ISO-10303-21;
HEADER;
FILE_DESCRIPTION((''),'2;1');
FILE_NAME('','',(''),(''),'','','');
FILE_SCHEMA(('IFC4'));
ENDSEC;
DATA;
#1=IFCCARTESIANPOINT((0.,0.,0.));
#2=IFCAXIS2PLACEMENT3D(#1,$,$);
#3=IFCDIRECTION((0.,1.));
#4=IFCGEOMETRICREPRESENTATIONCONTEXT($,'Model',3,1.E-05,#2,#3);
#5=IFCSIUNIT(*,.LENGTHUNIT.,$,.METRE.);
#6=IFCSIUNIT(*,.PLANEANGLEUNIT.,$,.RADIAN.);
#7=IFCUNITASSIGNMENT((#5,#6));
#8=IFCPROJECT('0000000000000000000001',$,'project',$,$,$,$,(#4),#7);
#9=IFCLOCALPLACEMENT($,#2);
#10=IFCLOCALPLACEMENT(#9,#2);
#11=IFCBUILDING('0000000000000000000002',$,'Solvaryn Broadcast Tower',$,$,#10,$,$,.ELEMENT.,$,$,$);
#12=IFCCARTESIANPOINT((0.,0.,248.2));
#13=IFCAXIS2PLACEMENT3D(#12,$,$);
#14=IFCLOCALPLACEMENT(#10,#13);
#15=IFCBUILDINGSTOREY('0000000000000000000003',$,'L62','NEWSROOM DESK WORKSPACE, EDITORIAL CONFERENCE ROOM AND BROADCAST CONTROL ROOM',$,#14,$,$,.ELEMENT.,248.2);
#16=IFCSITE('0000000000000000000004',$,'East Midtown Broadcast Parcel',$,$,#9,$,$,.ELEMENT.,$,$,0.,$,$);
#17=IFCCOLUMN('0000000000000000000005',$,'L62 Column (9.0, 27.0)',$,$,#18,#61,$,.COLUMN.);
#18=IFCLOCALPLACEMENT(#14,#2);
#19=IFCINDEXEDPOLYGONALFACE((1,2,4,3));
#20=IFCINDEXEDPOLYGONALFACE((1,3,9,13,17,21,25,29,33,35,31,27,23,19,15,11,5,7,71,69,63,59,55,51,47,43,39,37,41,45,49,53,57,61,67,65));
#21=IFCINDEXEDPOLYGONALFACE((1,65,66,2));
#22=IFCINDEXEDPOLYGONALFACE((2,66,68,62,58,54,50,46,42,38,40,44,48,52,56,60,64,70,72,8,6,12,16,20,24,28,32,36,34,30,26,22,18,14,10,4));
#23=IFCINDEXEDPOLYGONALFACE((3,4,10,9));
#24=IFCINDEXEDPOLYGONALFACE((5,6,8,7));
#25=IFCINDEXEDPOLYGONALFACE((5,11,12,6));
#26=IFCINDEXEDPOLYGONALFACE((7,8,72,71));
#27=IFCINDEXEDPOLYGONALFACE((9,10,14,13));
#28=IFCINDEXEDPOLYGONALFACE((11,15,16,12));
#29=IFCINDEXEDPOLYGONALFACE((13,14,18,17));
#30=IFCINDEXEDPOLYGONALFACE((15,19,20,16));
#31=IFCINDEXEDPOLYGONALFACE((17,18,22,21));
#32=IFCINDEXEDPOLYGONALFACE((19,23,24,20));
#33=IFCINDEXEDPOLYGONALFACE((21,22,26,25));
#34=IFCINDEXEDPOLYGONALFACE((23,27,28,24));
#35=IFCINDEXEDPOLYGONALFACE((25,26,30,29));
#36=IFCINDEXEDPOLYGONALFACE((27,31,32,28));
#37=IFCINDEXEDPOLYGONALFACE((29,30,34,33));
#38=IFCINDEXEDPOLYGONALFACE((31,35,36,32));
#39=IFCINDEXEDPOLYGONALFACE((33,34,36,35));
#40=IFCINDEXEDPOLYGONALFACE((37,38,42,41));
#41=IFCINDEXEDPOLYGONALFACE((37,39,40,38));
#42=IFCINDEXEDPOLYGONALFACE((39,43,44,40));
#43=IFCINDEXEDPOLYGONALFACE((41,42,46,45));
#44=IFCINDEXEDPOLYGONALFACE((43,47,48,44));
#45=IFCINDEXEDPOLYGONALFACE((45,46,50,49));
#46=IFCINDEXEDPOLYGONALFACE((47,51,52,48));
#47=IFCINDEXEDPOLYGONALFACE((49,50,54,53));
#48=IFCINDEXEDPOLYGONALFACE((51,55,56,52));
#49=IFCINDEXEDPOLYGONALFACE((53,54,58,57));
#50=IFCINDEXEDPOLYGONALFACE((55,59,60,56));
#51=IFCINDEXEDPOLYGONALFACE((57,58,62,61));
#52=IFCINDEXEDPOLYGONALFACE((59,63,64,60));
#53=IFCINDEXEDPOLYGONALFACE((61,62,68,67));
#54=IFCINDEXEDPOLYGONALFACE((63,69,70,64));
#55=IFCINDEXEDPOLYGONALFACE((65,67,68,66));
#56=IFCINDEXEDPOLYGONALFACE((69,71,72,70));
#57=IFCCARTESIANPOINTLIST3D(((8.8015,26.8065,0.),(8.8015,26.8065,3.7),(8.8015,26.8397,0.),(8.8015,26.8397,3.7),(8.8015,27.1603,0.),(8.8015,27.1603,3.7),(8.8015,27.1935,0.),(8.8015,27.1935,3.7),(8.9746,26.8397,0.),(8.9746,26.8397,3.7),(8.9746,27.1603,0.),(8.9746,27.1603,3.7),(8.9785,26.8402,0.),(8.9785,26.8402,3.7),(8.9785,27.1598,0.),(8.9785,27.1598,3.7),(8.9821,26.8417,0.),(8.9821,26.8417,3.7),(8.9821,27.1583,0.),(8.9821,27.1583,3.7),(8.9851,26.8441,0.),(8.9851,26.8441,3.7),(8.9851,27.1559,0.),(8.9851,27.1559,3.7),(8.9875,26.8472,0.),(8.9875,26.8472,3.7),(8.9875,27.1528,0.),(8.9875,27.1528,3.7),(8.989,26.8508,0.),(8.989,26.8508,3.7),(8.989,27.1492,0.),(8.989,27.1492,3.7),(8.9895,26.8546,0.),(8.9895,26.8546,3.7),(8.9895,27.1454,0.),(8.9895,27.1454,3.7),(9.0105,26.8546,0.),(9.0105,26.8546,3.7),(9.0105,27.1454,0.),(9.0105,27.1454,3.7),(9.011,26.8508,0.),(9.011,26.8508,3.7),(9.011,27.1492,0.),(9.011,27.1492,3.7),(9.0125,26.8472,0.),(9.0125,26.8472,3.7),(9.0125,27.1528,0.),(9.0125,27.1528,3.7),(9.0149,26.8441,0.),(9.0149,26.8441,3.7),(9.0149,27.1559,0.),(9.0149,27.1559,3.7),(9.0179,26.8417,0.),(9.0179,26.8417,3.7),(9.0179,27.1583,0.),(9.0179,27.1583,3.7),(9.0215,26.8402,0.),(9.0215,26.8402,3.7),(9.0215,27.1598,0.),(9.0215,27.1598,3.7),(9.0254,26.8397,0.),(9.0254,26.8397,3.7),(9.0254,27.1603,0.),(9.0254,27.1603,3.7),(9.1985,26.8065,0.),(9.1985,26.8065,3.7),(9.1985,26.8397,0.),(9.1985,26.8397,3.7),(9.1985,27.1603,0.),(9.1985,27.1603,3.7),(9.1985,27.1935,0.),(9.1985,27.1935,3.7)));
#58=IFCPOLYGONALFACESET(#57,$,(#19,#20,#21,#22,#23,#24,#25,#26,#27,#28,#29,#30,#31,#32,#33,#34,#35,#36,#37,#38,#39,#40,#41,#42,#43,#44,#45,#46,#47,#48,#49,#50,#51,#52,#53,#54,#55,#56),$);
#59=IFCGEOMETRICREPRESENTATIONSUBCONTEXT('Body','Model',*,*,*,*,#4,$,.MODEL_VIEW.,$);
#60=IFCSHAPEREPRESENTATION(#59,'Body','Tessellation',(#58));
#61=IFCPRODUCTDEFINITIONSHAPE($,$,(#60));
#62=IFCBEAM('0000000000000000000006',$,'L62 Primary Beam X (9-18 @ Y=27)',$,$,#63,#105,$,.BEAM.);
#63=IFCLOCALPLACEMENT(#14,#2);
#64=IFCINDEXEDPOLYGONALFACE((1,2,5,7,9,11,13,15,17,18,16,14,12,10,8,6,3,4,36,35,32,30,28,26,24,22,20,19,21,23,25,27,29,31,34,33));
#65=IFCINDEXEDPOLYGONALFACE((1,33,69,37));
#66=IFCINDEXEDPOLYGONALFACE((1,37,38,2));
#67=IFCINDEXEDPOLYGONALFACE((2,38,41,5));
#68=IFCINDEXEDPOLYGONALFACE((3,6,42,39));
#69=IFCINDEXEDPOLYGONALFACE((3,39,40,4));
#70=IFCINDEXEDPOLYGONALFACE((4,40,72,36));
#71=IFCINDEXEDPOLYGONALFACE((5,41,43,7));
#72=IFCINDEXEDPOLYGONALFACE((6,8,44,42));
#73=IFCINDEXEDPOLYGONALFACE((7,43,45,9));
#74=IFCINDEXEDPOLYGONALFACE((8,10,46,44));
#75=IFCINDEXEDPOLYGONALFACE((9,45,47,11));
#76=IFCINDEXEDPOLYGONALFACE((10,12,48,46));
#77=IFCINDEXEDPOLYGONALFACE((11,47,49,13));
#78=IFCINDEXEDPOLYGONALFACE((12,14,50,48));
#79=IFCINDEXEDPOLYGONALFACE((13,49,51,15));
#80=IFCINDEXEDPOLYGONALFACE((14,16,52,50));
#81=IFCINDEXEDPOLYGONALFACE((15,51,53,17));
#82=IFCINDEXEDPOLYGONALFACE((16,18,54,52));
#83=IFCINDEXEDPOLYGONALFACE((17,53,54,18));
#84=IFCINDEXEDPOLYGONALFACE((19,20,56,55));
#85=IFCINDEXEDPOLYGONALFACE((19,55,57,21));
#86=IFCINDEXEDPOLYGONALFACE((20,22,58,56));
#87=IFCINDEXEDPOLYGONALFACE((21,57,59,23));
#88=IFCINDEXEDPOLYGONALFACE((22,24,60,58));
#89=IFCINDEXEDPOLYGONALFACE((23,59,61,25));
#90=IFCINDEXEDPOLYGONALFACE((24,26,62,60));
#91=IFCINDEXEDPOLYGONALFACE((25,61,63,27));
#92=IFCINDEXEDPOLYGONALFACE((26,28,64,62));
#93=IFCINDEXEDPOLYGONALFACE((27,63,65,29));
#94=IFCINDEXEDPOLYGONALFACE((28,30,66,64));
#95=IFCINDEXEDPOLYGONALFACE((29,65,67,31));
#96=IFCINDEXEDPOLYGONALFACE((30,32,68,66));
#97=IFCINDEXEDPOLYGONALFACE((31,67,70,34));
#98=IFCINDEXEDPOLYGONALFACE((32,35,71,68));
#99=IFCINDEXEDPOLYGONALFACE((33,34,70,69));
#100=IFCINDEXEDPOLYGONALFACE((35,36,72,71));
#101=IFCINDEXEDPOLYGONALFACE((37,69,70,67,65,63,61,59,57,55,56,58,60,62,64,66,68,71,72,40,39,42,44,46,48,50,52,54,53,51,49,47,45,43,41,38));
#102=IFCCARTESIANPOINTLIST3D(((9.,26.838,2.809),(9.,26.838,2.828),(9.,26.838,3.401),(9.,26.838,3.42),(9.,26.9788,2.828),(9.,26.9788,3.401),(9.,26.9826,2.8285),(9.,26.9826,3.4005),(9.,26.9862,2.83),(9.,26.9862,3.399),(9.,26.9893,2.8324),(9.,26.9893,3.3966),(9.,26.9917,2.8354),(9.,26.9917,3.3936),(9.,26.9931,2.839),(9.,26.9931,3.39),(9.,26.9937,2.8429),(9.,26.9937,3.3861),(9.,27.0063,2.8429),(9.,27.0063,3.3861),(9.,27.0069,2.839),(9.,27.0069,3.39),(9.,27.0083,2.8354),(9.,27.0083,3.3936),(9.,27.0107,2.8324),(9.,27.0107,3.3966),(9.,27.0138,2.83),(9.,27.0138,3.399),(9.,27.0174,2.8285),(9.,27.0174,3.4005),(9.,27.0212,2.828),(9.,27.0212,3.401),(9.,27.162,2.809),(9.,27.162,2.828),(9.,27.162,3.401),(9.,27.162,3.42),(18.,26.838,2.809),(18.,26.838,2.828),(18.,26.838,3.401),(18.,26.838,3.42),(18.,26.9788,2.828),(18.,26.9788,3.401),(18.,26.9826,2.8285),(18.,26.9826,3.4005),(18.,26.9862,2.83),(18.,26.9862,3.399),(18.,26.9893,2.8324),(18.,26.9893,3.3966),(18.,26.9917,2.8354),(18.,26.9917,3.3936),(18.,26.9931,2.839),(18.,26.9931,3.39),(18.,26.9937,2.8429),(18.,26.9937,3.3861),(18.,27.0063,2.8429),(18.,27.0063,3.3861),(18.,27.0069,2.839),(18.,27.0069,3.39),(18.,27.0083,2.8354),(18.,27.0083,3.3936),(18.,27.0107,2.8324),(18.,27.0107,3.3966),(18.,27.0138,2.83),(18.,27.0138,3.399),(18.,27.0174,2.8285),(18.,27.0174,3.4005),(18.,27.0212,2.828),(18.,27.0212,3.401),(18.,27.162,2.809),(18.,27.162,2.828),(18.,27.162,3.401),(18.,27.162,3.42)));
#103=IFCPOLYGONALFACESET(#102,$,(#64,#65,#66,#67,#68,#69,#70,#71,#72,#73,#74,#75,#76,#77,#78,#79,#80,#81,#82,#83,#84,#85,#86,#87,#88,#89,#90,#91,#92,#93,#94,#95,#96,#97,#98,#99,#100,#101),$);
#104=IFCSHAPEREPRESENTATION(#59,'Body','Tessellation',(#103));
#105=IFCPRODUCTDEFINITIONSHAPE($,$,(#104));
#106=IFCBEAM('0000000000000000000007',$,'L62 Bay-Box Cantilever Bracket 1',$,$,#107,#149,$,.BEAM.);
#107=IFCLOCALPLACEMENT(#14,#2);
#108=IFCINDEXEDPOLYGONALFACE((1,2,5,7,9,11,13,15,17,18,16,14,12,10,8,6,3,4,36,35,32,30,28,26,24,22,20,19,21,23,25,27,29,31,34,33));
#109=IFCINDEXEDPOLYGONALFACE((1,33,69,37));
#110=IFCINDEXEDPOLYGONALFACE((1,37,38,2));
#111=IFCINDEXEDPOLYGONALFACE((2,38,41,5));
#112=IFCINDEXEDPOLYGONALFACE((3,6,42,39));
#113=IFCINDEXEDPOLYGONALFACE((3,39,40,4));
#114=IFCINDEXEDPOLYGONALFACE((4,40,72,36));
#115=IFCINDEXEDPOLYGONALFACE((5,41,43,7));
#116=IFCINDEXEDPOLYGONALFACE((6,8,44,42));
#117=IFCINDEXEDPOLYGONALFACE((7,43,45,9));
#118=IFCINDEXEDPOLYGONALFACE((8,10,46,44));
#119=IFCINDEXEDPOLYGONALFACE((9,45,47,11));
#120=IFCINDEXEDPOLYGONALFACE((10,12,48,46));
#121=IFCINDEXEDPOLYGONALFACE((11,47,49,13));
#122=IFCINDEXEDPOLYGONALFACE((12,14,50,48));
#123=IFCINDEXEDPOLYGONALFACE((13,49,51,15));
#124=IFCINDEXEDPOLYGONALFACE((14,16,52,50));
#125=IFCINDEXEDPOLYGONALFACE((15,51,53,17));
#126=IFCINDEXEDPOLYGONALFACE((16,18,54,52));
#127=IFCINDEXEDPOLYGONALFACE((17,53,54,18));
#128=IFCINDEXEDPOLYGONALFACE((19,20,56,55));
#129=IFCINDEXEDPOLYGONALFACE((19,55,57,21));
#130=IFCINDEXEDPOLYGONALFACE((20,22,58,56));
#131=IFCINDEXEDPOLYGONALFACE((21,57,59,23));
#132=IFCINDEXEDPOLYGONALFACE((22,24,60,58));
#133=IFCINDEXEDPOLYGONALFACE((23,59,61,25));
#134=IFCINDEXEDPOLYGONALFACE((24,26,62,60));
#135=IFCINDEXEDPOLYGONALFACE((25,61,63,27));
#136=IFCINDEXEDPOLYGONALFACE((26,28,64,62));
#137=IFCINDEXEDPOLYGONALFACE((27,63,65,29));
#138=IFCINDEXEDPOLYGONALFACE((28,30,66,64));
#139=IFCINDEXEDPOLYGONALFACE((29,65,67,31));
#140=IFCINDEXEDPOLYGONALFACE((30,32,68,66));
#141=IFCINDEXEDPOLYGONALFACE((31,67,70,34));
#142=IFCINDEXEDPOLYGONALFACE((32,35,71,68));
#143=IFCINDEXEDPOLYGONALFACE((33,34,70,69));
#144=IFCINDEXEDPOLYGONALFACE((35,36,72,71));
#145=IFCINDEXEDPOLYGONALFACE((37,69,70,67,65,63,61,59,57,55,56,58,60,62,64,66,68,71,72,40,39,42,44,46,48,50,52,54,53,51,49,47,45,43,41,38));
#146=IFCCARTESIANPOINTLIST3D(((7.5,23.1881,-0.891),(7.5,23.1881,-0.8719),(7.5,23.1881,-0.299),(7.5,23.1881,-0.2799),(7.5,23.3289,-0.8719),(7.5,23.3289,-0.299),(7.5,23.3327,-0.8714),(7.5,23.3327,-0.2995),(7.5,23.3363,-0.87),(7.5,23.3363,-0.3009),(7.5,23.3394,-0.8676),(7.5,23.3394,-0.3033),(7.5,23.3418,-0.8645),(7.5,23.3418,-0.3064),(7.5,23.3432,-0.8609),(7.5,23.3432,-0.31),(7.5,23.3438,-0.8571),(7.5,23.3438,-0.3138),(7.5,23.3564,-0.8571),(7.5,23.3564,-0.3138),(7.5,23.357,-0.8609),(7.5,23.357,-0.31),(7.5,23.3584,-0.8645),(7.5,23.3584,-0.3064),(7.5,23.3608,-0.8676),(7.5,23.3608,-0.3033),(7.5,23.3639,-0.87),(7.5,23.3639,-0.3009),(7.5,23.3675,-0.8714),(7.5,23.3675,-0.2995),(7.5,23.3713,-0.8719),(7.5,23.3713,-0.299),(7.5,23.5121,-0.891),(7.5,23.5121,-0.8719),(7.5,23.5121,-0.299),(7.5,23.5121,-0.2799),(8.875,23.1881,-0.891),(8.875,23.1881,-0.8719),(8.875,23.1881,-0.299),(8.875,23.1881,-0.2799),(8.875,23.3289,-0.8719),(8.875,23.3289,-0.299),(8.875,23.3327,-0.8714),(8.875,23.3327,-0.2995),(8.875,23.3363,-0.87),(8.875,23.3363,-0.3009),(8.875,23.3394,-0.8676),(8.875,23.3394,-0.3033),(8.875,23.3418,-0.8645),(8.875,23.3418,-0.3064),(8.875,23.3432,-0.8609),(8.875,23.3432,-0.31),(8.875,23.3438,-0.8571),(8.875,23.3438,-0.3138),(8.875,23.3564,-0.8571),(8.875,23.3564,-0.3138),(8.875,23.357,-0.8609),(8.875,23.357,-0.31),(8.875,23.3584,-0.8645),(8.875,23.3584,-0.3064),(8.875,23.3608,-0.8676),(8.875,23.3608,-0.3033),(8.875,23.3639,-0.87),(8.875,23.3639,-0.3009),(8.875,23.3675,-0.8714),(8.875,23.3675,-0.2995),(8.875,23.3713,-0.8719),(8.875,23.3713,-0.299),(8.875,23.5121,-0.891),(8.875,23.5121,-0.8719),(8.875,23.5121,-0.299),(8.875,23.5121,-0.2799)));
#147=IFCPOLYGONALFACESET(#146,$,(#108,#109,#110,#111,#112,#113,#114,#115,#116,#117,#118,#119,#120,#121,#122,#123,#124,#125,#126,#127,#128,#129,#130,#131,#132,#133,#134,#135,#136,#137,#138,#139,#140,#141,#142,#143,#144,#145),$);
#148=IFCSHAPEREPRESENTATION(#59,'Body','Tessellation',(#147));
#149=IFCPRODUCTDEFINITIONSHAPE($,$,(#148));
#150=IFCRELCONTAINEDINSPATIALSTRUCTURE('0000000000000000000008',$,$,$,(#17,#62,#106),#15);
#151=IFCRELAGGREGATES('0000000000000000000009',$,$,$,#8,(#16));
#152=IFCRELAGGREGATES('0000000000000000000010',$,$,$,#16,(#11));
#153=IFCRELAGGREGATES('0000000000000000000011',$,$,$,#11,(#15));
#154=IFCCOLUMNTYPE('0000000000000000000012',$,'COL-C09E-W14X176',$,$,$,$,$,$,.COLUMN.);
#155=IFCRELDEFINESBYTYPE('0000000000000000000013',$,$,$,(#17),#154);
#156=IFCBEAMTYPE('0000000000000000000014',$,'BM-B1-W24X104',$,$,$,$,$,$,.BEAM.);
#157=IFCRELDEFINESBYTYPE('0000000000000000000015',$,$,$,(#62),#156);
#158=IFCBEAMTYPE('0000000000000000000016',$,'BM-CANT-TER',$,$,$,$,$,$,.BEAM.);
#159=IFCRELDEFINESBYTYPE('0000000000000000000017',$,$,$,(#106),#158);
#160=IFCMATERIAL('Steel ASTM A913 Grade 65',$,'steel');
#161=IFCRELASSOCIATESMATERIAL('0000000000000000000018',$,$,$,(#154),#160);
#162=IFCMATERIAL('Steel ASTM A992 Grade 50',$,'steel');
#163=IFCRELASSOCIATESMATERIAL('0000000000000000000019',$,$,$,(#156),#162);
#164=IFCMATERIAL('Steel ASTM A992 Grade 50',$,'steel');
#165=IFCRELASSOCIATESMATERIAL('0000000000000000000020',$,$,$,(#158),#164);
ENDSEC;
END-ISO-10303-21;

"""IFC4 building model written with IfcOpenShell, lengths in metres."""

from ifc_helpers import new_model, si_unit, direction, frame, origin, origin_2d, place, context, subcontext, project, spatial, i_section, extrude, material, material_profile, profile_set, type_object, element, save


model = new_model("IFC4")

# Units and contexts
model_context = context("Model", 3, precision=1e-05, world=origin(), true_north=direction((0.0, 1.0)))
body_context = subcontext(model_context, "Body", "Model", "MODEL_VIEW")
ifc_project = project(units=[si_unit("LENGTHUNIT", "METRE"), si_unit("PLANEANGLEUNIT", "RADIAN")], contexts=[model_context])

# Site, building, storey
site_placement = place(None, origin())
site = spatial("IfcSite", under=ifc_project, at=site_placement, Name="East Midtown Broadcast Parcel", CompositionType="ELEMENT", RefElevation=0.0)
building_placement = place(site_placement, origin())
building = spatial("IfcBuilding", under=site, at=building_placement, Name="Solvaryn Broadcast Tower", CompositionType="ELEMENT")
storey_placement = place(building_placement, frame((0.0, 0.0, 248.2)))
storey = spatial("IfcBuildingStorey", under=building, at=storey_placement, Name="L62", Description="NEWSROOM DESK WORKSPACE, EDITORIAL CONFERENCE ROOM AND BROADCAST CONTROL ROOM", CompositionType="ELEMENT", Elevation=248.2)

# Column
ifc_material_1 = material(Name="Steel ASTM A913 Grade 65", Category="steel")
ifc_material_profile_1 = material_profile(ifc_material_1, i_section(OverallWidth=0.397, OverallDepth=0.387, WebThickness=0.021, FlangeThickness=0.0332, FilletRadius=0.0149, at=origin_2d()))
ifc_profile_set_1 = profile_set([ifc_material_profile_1], Name="Steel ASTM A913 Grade 65")
column_type = type_object("IfcColumnType", Name="COL-C09E-W14X176", PredefinedType="COLUMN", material=ifc_profile_set_1)
column_placement = place(storey_placement, frame((9.0, 27.0, 0.0), z_axis=(0.0, 0.0, 1.0), x_axis=(1.0, 0.0, 0.0)))
element("IfcColumn", 1, at=column_placement, inside=storey, type_object=column_type, Name="L62 Column (9.0, 27.0)", PredefinedType="COLUMN", context=body_context, shape_type="SweptSolid", body=[
    extrude(i_section(OverallWidth=0.397, OverallDepth=0.387, WebThickness=0.021, FlangeThickness=0.0332, FilletRadius=0.0149, at=origin_2d()), origin(), (0.0, 0.0, 1.0), 3.7),
])

# Beams
ifc_material_2 = material(Name="Steel ASTM A992 Grade 50", Category="steel")
ifc_material_profile_2 = material_profile(ifc_material_2, i_section(OverallWidth=0.324, OverallDepth=0.6111, WebThickness=0.0127, FlangeThickness=0.019, FilletRadius=0.0149, at=origin_2d()))
ifc_profile_set_2 = profile_set([ifc_material_profile_2], Name="Steel ASTM A992 Grade 50")
beam_type_1 = type_object("IfcBeamType", Name="BM-B1-W24X104", PredefinedType="BEAM", material=ifc_profile_set_2)
beam_1_placement = place(storey_placement, frame((9.0, 27.0, 3.1145), z_axis=(1.0, 0.0, 0.0), x_axis=(0.0, 1.0, 0.0)))
element("IfcBeam", 2, at=beam_1_placement, inside=storey, type_object=beam_type_1, Name="L62 Primary Beam X (9-18 @ Y=27)", PredefinedType="BEAM", context=body_context, shape_type="SweptSolid", body=[
    extrude(i_section(OverallWidth=0.324, OverallDepth=0.6111, WebThickness=0.0127, FlangeThickness=0.019, FilletRadius=0.0149, at=origin_2d()), origin(), (0.0, 0.0, 1.0), 9.0),
])
ifc_material_3 = material(Name="Steel ASTM A992 Grade 50", Category="steel")
ifc_material_profile_3 = material_profile(ifc_material_3, i_section(OverallWidth=0.324, OverallDepth=0.6111, WebThickness=0.0127, FlangeThickness=0.019, FilletRadius=0.0149, at=origin_2d()))
ifc_profile_set_3 = profile_set([ifc_material_profile_3], Name="Steel ASTM A992 Grade 50")
beam_type_2 = type_object("IfcBeamType", Name="BM-CANT-TER", PredefinedType="BEAM", material=ifc_profile_set_3)
beam_2_placement = place(storey_placement, frame((8.875, 23.3501, -0.5854), z_axis=(-1.0, 0.0, 0.0), x_axis=(0.0, -1.0, 0.0)))
element("IfcBeam", 3, at=beam_2_placement, inside=storey, type_object=beam_type_2, Name="L62 Bay-Box Cantilever Bracket 1", PredefinedType="BEAM", context=body_context, shape_type="SweptSolid", body=[
    extrude(i_section(OverallWidth=0.324, OverallDepth=0.6111, WebThickness=0.0127, FlangeThickness=0.019, FilletRadius=0.0149, at=origin_2d()), origin(), (0.0, 0.0, 1.0), 1.375),
])

save(model, "model.ifc")
